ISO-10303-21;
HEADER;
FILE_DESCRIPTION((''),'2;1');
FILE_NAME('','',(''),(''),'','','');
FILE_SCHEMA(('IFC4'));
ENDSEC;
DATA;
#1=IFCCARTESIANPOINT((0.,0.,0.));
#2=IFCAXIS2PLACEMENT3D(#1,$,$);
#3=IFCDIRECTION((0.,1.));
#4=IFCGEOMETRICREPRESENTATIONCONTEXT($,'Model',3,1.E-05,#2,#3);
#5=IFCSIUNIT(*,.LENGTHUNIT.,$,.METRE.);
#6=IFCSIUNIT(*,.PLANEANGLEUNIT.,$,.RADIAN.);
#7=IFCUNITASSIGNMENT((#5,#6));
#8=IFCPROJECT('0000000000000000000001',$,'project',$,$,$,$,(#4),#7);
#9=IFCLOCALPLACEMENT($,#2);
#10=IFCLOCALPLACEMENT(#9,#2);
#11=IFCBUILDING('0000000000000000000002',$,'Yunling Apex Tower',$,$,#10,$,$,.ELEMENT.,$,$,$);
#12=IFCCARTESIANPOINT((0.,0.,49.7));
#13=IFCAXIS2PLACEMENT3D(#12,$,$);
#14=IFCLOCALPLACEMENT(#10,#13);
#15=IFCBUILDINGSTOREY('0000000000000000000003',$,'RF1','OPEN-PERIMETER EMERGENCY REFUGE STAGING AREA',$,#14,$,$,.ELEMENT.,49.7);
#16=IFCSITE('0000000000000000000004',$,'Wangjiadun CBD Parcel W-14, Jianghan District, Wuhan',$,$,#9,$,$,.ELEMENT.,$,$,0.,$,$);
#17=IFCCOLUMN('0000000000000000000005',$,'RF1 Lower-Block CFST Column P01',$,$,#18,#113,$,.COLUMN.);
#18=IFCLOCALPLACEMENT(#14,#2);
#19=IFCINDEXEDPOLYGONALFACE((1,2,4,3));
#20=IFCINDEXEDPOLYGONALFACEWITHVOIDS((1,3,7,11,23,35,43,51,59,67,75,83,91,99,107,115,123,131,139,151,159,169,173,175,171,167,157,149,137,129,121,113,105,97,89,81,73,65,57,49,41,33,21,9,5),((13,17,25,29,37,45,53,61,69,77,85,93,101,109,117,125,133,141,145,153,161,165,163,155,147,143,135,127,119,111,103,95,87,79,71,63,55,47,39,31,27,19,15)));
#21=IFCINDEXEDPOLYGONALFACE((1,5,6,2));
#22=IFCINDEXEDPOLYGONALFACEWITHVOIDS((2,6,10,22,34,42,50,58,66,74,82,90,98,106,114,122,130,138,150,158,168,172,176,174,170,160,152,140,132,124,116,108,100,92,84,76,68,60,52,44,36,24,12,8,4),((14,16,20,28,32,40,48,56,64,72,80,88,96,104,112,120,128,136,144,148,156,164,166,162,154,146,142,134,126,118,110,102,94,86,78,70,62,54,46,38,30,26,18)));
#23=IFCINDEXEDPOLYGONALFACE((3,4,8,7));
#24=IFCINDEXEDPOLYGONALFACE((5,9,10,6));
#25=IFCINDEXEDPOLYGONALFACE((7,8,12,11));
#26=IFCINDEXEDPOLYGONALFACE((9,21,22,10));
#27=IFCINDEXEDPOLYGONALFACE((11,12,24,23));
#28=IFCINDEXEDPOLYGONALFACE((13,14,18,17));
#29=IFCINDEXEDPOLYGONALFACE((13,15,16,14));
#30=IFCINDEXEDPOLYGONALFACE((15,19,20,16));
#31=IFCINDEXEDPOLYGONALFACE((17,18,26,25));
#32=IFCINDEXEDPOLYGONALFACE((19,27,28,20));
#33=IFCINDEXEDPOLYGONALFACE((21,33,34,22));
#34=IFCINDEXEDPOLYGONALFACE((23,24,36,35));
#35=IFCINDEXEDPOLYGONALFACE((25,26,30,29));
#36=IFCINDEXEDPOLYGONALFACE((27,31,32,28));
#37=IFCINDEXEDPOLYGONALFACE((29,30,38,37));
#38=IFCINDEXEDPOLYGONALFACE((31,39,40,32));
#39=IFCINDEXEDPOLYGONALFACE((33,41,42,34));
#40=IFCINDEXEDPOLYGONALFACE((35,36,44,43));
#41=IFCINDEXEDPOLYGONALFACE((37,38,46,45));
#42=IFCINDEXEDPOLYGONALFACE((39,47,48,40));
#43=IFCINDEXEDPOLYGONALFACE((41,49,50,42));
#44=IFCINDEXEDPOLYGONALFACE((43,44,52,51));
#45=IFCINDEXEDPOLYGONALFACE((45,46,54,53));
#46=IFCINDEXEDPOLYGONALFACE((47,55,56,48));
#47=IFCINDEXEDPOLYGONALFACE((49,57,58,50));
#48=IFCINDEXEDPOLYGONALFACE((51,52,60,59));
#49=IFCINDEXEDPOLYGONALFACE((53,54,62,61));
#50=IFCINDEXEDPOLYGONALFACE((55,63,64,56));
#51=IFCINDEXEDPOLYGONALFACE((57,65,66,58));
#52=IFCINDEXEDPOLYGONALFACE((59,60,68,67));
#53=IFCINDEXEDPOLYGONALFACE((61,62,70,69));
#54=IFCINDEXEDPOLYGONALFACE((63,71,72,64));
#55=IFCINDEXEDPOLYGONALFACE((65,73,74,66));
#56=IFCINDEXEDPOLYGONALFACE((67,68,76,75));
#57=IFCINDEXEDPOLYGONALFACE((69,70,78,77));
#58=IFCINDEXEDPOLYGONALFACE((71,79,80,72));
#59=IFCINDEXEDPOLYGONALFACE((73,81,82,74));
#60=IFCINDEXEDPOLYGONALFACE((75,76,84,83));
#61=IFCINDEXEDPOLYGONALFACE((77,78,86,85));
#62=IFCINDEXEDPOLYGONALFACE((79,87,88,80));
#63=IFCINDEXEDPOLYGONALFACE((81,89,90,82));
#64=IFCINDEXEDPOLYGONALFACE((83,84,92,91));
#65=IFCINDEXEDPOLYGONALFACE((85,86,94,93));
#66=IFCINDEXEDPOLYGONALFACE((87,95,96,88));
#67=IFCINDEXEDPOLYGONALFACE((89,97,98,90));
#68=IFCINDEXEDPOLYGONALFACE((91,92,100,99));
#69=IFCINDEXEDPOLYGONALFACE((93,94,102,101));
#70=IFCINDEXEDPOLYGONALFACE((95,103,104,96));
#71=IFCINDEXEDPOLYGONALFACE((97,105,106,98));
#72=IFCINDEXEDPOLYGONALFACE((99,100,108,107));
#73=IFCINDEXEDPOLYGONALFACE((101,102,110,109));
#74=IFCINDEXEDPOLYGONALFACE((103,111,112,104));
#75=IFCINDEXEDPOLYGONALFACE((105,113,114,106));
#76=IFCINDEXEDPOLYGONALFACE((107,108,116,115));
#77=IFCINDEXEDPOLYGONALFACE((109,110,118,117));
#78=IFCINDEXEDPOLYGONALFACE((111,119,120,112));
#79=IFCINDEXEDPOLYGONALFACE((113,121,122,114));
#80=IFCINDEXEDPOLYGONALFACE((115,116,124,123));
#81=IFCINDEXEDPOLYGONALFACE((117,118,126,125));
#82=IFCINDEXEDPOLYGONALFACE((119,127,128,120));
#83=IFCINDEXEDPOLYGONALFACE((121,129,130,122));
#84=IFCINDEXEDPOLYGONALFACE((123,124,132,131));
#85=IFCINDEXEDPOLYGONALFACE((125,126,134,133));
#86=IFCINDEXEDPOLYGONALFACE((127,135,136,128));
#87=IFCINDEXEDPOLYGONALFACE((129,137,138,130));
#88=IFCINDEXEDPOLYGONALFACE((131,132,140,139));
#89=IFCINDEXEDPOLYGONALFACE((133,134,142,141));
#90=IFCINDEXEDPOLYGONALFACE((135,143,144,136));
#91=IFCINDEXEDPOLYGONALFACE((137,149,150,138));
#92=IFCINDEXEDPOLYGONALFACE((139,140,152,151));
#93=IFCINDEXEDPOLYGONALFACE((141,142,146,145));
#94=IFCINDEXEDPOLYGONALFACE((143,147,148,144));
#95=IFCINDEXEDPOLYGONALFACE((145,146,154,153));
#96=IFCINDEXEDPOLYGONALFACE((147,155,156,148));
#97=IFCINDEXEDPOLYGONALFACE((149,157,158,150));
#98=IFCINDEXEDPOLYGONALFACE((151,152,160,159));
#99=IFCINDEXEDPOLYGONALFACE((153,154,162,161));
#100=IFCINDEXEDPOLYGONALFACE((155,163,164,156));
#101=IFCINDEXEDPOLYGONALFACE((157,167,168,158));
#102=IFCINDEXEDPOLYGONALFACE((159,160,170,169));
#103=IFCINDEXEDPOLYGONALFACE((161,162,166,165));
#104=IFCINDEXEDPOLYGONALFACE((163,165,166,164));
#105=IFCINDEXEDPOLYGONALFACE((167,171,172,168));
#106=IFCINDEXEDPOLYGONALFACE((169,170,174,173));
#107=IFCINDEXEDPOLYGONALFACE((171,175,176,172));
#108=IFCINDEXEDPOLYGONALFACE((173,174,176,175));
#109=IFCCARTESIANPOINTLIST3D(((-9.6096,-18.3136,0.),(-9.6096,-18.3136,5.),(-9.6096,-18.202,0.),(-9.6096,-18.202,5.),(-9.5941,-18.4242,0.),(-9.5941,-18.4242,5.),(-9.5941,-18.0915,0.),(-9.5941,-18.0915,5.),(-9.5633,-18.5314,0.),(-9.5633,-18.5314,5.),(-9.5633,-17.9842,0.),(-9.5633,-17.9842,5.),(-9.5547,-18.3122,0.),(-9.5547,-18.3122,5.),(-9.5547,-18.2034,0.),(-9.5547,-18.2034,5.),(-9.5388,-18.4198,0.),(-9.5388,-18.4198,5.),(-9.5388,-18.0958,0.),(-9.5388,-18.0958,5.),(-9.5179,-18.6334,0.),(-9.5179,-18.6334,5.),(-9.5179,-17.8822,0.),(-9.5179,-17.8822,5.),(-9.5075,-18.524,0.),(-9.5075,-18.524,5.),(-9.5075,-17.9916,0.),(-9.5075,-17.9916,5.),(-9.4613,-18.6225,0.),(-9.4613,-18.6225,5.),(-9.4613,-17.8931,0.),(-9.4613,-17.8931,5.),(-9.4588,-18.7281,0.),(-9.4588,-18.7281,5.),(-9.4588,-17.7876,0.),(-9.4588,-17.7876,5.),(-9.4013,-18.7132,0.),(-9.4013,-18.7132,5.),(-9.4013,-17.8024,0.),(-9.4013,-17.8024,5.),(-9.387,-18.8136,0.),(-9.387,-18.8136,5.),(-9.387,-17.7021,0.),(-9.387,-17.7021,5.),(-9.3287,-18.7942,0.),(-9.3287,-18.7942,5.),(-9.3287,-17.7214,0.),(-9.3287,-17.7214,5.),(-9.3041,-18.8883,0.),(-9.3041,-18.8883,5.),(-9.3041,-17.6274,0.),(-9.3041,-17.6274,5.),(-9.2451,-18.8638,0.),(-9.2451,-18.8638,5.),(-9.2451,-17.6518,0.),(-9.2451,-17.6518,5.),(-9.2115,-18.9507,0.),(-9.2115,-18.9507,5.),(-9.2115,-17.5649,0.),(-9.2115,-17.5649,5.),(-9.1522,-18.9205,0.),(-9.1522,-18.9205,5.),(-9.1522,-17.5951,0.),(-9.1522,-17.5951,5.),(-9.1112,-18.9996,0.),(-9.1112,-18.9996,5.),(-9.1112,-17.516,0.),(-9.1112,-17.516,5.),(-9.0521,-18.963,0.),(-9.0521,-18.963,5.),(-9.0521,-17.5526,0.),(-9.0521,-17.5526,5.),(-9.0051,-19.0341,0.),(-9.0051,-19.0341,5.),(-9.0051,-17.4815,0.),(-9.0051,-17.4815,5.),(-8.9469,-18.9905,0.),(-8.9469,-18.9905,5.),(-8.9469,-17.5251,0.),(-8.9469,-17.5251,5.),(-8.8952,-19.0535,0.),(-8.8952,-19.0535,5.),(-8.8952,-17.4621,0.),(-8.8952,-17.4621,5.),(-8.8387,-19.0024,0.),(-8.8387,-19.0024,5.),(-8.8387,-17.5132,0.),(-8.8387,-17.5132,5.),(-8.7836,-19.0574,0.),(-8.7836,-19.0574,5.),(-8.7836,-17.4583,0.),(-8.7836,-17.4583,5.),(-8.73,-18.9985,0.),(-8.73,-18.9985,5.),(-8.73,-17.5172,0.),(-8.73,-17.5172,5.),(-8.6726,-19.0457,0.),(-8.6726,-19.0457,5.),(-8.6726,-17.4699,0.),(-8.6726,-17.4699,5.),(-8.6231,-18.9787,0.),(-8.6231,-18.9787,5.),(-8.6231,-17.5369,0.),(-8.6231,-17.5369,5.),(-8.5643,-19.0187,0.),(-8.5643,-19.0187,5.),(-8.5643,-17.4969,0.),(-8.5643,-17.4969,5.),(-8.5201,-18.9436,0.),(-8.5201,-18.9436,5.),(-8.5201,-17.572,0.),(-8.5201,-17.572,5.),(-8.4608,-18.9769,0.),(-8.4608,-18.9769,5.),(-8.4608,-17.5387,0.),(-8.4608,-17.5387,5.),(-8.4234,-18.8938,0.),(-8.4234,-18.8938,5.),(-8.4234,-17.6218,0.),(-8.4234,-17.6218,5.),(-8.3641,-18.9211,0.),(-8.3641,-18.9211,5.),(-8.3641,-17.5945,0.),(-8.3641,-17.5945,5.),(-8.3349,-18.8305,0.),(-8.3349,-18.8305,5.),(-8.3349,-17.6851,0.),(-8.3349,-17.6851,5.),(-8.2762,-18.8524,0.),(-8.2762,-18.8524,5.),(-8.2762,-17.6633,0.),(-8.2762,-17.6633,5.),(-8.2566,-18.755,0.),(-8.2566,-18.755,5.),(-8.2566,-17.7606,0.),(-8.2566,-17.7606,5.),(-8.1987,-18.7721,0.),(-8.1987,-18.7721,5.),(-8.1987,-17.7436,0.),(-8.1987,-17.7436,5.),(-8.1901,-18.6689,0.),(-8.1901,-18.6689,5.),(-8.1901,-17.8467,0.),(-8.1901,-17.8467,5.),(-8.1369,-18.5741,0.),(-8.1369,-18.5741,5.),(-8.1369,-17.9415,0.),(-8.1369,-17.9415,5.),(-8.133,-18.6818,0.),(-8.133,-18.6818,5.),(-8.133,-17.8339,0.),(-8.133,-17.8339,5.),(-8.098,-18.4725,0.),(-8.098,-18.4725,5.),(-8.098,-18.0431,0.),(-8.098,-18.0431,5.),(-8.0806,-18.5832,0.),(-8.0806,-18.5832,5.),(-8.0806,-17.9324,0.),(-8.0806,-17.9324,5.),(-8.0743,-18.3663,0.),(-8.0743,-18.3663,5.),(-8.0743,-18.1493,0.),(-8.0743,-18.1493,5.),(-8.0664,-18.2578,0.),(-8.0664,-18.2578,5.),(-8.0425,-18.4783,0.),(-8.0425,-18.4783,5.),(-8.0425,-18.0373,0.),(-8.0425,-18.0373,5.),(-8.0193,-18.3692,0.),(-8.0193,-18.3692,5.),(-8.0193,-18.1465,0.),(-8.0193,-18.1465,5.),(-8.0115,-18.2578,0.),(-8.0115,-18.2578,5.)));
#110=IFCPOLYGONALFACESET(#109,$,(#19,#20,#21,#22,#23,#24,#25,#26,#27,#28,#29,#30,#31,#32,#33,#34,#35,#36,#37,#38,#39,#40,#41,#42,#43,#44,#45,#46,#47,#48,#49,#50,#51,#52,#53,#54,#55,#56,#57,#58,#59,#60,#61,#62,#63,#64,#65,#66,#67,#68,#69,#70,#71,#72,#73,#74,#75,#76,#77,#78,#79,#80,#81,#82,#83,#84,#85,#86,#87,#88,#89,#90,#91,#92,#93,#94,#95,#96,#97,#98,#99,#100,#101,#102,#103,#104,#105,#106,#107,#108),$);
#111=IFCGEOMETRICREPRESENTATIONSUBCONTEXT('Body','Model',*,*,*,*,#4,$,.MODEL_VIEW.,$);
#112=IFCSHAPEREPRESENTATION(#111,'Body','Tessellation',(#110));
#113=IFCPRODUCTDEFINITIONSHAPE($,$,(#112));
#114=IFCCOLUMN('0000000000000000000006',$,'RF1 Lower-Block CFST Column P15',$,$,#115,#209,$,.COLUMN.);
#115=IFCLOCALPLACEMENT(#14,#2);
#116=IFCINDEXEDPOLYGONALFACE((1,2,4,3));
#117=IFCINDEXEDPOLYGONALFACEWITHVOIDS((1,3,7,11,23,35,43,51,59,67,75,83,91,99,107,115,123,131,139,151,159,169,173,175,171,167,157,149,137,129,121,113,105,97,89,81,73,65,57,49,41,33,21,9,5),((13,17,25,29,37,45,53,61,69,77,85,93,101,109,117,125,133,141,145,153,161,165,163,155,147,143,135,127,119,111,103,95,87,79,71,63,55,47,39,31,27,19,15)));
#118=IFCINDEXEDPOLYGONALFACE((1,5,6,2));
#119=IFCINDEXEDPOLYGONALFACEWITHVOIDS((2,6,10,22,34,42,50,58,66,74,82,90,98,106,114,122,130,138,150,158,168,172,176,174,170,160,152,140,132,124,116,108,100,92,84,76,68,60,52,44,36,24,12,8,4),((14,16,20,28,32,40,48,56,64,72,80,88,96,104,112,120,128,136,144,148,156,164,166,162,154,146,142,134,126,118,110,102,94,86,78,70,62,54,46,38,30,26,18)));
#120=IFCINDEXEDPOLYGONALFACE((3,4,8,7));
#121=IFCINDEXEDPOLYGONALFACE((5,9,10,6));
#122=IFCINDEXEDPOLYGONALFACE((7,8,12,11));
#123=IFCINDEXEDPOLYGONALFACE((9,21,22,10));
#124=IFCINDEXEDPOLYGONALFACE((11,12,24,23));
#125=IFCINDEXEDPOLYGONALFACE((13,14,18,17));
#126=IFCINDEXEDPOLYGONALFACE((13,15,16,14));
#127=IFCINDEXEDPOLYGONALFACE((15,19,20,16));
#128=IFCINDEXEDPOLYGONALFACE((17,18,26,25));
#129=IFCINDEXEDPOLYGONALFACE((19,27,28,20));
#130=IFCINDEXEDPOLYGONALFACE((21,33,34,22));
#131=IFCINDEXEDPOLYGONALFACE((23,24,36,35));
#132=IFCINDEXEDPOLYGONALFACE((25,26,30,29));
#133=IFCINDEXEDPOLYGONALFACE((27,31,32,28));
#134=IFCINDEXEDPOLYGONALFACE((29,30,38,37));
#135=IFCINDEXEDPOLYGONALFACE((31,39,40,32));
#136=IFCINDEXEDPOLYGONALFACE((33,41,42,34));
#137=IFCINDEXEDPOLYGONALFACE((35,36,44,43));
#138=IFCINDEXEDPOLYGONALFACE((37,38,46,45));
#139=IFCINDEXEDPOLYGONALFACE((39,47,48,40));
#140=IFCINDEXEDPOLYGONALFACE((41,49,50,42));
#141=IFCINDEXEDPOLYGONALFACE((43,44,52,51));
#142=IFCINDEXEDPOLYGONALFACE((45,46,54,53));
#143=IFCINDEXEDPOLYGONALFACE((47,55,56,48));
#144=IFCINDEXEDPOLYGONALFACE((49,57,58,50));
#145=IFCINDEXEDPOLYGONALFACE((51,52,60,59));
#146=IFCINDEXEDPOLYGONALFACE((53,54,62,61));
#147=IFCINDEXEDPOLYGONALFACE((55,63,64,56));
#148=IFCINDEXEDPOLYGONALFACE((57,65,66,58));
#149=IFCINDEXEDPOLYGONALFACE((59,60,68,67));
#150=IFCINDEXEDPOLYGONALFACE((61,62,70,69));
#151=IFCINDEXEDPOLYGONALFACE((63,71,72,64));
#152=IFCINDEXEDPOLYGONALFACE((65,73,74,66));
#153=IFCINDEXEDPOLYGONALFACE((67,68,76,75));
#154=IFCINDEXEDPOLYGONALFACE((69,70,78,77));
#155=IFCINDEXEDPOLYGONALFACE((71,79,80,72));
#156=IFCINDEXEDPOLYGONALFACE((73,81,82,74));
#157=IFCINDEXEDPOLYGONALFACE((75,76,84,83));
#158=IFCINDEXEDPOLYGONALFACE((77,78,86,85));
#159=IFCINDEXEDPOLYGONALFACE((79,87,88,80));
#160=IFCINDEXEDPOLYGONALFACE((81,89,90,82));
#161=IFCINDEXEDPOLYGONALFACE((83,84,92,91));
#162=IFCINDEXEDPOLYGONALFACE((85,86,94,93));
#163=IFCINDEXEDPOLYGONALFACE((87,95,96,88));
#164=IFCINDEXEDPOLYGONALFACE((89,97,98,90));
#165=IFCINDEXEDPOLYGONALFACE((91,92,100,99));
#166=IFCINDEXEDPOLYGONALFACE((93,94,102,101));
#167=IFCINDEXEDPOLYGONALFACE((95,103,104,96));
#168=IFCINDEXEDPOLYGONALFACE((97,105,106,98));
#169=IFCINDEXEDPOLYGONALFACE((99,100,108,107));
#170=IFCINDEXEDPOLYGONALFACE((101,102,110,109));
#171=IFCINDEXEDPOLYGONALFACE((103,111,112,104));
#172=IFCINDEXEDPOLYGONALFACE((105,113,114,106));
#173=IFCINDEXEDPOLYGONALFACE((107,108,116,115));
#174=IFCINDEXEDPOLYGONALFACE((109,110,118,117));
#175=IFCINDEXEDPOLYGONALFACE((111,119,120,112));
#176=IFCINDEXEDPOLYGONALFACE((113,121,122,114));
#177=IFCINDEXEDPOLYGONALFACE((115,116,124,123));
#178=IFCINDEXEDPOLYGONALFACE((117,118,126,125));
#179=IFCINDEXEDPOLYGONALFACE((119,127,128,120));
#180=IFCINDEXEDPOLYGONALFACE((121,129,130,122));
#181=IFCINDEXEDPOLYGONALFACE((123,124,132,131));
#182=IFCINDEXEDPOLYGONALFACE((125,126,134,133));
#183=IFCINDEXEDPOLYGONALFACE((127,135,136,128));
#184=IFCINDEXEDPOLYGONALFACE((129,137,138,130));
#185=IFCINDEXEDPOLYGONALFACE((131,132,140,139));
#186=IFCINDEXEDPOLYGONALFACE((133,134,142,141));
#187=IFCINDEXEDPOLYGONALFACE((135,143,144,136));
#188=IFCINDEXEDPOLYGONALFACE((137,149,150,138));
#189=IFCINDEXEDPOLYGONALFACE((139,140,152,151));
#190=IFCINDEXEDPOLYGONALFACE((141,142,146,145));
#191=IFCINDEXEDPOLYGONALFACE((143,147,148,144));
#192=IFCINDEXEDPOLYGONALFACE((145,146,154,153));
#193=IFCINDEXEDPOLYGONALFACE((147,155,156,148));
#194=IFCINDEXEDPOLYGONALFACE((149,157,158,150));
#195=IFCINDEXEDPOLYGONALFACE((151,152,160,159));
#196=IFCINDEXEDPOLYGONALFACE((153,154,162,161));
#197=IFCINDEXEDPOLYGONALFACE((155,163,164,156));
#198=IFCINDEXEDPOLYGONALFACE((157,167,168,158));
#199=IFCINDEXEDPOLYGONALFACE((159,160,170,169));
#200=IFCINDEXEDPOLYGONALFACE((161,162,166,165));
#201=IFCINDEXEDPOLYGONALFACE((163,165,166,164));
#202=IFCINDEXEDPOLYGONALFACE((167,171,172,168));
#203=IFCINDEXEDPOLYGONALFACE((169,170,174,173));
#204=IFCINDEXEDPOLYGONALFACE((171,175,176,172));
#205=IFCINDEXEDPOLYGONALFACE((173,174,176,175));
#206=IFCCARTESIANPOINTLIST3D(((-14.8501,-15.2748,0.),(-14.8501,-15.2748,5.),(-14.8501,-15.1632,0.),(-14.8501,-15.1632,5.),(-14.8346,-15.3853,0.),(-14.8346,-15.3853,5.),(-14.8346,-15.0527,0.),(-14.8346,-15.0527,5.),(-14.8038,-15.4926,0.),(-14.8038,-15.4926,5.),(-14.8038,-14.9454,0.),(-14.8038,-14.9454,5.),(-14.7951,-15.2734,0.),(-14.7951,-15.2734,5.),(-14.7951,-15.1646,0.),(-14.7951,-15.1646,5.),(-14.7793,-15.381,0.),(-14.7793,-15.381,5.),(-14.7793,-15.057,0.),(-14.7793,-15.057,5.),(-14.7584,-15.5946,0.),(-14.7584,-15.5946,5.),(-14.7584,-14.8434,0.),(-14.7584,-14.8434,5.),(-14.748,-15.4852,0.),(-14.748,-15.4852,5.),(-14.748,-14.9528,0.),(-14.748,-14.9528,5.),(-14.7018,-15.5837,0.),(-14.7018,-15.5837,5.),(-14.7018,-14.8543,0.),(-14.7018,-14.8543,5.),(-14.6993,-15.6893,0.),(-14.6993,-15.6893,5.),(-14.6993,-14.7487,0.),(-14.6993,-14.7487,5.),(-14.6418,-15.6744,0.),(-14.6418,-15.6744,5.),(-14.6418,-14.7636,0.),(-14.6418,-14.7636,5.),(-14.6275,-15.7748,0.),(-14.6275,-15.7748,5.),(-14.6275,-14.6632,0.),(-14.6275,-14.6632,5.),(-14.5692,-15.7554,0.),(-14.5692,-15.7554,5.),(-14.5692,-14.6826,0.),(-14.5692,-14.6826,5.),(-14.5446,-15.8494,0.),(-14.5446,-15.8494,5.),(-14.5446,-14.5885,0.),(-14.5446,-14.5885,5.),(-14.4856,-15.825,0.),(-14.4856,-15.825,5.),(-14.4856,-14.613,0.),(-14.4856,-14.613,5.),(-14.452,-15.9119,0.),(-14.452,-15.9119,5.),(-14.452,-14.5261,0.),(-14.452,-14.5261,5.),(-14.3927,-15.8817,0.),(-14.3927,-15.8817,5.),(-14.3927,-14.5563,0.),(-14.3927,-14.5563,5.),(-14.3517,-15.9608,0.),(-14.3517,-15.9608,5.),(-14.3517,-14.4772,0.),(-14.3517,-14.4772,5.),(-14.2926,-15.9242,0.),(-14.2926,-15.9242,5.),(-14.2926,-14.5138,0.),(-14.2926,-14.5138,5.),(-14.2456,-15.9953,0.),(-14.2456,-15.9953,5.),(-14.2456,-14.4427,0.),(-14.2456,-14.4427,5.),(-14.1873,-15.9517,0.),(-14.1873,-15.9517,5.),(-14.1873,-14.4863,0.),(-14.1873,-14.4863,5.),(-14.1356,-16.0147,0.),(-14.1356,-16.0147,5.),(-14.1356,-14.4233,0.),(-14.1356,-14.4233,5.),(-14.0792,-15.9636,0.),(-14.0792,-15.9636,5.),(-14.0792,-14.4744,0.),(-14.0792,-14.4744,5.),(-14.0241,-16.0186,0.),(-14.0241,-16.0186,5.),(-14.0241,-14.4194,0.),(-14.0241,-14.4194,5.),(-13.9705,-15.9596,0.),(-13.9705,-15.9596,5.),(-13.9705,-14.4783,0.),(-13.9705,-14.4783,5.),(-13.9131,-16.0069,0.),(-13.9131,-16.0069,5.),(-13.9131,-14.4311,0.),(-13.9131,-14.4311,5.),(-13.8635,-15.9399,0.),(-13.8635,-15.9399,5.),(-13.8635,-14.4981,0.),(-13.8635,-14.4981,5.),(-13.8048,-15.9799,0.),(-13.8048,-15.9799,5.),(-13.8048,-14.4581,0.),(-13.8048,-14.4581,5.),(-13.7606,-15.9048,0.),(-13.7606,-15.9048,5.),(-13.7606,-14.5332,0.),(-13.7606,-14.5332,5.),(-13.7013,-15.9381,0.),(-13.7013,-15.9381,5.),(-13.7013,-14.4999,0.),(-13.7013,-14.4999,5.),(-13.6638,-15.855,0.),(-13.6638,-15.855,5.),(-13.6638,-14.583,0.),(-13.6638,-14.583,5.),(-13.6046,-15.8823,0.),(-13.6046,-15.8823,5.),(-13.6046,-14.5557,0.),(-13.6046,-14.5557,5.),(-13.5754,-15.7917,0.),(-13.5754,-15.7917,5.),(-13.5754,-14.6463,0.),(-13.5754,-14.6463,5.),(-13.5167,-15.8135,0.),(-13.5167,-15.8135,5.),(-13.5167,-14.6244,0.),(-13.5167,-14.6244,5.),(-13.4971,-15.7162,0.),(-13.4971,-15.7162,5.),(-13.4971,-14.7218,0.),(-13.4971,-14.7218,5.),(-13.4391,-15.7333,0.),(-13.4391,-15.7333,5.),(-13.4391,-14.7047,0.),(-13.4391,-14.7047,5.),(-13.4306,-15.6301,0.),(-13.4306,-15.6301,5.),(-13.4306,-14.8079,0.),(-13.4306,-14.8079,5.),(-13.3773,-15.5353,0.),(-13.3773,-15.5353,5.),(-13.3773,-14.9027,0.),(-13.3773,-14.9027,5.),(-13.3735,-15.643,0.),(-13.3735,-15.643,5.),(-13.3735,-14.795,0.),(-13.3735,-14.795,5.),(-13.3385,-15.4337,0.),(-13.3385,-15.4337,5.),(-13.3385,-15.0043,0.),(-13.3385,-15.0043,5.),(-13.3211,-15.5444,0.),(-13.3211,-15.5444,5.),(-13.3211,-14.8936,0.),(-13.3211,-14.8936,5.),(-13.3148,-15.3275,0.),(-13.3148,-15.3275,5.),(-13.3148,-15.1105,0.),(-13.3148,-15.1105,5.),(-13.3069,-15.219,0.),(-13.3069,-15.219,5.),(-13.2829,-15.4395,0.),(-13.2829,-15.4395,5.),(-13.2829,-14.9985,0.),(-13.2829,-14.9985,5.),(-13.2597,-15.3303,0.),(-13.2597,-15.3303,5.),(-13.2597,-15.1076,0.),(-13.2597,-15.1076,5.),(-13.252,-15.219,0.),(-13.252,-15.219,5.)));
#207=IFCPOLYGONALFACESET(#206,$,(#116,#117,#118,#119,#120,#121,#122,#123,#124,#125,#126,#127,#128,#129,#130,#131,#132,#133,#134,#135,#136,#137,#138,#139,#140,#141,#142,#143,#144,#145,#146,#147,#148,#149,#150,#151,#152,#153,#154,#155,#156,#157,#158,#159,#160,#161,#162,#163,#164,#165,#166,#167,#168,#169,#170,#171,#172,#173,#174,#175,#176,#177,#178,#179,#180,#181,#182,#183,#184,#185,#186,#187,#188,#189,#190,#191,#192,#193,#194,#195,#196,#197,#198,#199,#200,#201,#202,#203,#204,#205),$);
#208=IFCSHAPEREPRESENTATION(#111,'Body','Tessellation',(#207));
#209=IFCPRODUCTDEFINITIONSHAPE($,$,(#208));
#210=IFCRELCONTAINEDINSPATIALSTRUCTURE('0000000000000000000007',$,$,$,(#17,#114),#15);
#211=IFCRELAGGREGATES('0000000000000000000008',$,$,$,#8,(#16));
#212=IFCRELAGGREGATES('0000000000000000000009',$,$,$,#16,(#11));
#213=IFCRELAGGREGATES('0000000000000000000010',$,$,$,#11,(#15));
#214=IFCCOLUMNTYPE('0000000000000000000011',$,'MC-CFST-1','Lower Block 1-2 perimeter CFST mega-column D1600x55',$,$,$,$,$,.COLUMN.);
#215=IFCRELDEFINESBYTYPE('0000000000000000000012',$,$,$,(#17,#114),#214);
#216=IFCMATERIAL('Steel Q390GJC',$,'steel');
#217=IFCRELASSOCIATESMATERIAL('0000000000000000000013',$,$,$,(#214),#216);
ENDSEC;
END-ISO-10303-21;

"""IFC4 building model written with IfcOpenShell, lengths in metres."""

from ifc_helpers import new_model, si_unit, direction, frame, origin, origin_2d, place, context, subcontext, project, spatial, hollow_circle, extrude, source, transform, mapped, material, material_profile, profile_set, type_object, element, save


model = new_model("IFC4")

# Units and contexts
model_context = context("Model", 3, precision=1e-05, world=origin(), true_north=direction((0.0, 1.0)))
body_context = subcontext(model_context, "Body", "Model", "MODEL_VIEW")
ifc_project = project(units=[si_unit("LENGTHUNIT", "METRE"), si_unit("PLANEANGLEUNIT", "RADIAN")], contexts=[model_context])

# Site, building, storey
site_placement = place(None, origin())
site = spatial("IfcSite", under=ifc_project, at=site_placement, Name="Wangjiadun CBD Parcel W-14, Jianghan District, Wuhan", CompositionType="ELEMENT", RefElevation=0.0)
building_placement = place(site_placement, origin())
building = spatial("IfcBuilding", under=site, at=building_placement, Name="Yunling Apex Tower", CompositionType="ELEMENT")
storey_placement = place(building_placement, frame((0.0, 0.0, 49.7)))
storey = spatial("IfcBuildingStorey", under=building, at=storey_placement, Name="RF1", Description="OPEN-PERIMETER EMERGENCY REFUGE STAGING AREA", CompositionType="ELEMENT", Elevation=49.7)

# Columns
ifc_material_1 = material(Name="Steel Q390GJC", Category="steel")
ifc_material_profile_1 = material_profile(ifc_material_1, hollow_circle(Radius=0.8, WallThickness=0.0549, at=origin_2d()))
ifc_profile_set_1 = profile_set([ifc_material_profile_1], Name="Steel Q390GJC")
column_type = type_object("IfcColumnType", Name="MC-CFST-1", Description="Lower Block 1-2 perimeter CFST mega-column D1600x55", PredefinedType="COLUMN", material=ifc_profile_set_1)
shared_shape_1 = source(origin(), body_context, "Body", "SweptSolid", [
    extrude(hollow_circle(Radius=0.8, WallThickness=0.0549, at=origin_2d()), origin(), (0.0, 0.0, 1.0), 5.0),
])
for number, where, z_axis, x_axis, name in (
    (1, (-8.8115, -18.2578, 0.0), (0.0, 0.0, 1.0), (1.0, 0.0, 0.0), "RF1 Lower-Block CFST Column P01"),
    (2, (-14.052, -15.219, 0.0), (0.0, 0.0, 1.0), (1.0, 0.0, 0.0), "RF1 Lower-Block CFST Column P15"),
):
    element("IfcColumn", number, at=place(storey_placement, frame(where, z_axis=z_axis, x_axis=x_axis)), inside=storey, type_object=column_type, Name=name, PredefinedType="COLUMN", context=body_context, shape_type="MappedRepresentation", body=[
        mapped(shared_shape_1, transform((0.0, 0.0, 0.0), scale=1.0)),
    ])

save(model, "model.ifc")
